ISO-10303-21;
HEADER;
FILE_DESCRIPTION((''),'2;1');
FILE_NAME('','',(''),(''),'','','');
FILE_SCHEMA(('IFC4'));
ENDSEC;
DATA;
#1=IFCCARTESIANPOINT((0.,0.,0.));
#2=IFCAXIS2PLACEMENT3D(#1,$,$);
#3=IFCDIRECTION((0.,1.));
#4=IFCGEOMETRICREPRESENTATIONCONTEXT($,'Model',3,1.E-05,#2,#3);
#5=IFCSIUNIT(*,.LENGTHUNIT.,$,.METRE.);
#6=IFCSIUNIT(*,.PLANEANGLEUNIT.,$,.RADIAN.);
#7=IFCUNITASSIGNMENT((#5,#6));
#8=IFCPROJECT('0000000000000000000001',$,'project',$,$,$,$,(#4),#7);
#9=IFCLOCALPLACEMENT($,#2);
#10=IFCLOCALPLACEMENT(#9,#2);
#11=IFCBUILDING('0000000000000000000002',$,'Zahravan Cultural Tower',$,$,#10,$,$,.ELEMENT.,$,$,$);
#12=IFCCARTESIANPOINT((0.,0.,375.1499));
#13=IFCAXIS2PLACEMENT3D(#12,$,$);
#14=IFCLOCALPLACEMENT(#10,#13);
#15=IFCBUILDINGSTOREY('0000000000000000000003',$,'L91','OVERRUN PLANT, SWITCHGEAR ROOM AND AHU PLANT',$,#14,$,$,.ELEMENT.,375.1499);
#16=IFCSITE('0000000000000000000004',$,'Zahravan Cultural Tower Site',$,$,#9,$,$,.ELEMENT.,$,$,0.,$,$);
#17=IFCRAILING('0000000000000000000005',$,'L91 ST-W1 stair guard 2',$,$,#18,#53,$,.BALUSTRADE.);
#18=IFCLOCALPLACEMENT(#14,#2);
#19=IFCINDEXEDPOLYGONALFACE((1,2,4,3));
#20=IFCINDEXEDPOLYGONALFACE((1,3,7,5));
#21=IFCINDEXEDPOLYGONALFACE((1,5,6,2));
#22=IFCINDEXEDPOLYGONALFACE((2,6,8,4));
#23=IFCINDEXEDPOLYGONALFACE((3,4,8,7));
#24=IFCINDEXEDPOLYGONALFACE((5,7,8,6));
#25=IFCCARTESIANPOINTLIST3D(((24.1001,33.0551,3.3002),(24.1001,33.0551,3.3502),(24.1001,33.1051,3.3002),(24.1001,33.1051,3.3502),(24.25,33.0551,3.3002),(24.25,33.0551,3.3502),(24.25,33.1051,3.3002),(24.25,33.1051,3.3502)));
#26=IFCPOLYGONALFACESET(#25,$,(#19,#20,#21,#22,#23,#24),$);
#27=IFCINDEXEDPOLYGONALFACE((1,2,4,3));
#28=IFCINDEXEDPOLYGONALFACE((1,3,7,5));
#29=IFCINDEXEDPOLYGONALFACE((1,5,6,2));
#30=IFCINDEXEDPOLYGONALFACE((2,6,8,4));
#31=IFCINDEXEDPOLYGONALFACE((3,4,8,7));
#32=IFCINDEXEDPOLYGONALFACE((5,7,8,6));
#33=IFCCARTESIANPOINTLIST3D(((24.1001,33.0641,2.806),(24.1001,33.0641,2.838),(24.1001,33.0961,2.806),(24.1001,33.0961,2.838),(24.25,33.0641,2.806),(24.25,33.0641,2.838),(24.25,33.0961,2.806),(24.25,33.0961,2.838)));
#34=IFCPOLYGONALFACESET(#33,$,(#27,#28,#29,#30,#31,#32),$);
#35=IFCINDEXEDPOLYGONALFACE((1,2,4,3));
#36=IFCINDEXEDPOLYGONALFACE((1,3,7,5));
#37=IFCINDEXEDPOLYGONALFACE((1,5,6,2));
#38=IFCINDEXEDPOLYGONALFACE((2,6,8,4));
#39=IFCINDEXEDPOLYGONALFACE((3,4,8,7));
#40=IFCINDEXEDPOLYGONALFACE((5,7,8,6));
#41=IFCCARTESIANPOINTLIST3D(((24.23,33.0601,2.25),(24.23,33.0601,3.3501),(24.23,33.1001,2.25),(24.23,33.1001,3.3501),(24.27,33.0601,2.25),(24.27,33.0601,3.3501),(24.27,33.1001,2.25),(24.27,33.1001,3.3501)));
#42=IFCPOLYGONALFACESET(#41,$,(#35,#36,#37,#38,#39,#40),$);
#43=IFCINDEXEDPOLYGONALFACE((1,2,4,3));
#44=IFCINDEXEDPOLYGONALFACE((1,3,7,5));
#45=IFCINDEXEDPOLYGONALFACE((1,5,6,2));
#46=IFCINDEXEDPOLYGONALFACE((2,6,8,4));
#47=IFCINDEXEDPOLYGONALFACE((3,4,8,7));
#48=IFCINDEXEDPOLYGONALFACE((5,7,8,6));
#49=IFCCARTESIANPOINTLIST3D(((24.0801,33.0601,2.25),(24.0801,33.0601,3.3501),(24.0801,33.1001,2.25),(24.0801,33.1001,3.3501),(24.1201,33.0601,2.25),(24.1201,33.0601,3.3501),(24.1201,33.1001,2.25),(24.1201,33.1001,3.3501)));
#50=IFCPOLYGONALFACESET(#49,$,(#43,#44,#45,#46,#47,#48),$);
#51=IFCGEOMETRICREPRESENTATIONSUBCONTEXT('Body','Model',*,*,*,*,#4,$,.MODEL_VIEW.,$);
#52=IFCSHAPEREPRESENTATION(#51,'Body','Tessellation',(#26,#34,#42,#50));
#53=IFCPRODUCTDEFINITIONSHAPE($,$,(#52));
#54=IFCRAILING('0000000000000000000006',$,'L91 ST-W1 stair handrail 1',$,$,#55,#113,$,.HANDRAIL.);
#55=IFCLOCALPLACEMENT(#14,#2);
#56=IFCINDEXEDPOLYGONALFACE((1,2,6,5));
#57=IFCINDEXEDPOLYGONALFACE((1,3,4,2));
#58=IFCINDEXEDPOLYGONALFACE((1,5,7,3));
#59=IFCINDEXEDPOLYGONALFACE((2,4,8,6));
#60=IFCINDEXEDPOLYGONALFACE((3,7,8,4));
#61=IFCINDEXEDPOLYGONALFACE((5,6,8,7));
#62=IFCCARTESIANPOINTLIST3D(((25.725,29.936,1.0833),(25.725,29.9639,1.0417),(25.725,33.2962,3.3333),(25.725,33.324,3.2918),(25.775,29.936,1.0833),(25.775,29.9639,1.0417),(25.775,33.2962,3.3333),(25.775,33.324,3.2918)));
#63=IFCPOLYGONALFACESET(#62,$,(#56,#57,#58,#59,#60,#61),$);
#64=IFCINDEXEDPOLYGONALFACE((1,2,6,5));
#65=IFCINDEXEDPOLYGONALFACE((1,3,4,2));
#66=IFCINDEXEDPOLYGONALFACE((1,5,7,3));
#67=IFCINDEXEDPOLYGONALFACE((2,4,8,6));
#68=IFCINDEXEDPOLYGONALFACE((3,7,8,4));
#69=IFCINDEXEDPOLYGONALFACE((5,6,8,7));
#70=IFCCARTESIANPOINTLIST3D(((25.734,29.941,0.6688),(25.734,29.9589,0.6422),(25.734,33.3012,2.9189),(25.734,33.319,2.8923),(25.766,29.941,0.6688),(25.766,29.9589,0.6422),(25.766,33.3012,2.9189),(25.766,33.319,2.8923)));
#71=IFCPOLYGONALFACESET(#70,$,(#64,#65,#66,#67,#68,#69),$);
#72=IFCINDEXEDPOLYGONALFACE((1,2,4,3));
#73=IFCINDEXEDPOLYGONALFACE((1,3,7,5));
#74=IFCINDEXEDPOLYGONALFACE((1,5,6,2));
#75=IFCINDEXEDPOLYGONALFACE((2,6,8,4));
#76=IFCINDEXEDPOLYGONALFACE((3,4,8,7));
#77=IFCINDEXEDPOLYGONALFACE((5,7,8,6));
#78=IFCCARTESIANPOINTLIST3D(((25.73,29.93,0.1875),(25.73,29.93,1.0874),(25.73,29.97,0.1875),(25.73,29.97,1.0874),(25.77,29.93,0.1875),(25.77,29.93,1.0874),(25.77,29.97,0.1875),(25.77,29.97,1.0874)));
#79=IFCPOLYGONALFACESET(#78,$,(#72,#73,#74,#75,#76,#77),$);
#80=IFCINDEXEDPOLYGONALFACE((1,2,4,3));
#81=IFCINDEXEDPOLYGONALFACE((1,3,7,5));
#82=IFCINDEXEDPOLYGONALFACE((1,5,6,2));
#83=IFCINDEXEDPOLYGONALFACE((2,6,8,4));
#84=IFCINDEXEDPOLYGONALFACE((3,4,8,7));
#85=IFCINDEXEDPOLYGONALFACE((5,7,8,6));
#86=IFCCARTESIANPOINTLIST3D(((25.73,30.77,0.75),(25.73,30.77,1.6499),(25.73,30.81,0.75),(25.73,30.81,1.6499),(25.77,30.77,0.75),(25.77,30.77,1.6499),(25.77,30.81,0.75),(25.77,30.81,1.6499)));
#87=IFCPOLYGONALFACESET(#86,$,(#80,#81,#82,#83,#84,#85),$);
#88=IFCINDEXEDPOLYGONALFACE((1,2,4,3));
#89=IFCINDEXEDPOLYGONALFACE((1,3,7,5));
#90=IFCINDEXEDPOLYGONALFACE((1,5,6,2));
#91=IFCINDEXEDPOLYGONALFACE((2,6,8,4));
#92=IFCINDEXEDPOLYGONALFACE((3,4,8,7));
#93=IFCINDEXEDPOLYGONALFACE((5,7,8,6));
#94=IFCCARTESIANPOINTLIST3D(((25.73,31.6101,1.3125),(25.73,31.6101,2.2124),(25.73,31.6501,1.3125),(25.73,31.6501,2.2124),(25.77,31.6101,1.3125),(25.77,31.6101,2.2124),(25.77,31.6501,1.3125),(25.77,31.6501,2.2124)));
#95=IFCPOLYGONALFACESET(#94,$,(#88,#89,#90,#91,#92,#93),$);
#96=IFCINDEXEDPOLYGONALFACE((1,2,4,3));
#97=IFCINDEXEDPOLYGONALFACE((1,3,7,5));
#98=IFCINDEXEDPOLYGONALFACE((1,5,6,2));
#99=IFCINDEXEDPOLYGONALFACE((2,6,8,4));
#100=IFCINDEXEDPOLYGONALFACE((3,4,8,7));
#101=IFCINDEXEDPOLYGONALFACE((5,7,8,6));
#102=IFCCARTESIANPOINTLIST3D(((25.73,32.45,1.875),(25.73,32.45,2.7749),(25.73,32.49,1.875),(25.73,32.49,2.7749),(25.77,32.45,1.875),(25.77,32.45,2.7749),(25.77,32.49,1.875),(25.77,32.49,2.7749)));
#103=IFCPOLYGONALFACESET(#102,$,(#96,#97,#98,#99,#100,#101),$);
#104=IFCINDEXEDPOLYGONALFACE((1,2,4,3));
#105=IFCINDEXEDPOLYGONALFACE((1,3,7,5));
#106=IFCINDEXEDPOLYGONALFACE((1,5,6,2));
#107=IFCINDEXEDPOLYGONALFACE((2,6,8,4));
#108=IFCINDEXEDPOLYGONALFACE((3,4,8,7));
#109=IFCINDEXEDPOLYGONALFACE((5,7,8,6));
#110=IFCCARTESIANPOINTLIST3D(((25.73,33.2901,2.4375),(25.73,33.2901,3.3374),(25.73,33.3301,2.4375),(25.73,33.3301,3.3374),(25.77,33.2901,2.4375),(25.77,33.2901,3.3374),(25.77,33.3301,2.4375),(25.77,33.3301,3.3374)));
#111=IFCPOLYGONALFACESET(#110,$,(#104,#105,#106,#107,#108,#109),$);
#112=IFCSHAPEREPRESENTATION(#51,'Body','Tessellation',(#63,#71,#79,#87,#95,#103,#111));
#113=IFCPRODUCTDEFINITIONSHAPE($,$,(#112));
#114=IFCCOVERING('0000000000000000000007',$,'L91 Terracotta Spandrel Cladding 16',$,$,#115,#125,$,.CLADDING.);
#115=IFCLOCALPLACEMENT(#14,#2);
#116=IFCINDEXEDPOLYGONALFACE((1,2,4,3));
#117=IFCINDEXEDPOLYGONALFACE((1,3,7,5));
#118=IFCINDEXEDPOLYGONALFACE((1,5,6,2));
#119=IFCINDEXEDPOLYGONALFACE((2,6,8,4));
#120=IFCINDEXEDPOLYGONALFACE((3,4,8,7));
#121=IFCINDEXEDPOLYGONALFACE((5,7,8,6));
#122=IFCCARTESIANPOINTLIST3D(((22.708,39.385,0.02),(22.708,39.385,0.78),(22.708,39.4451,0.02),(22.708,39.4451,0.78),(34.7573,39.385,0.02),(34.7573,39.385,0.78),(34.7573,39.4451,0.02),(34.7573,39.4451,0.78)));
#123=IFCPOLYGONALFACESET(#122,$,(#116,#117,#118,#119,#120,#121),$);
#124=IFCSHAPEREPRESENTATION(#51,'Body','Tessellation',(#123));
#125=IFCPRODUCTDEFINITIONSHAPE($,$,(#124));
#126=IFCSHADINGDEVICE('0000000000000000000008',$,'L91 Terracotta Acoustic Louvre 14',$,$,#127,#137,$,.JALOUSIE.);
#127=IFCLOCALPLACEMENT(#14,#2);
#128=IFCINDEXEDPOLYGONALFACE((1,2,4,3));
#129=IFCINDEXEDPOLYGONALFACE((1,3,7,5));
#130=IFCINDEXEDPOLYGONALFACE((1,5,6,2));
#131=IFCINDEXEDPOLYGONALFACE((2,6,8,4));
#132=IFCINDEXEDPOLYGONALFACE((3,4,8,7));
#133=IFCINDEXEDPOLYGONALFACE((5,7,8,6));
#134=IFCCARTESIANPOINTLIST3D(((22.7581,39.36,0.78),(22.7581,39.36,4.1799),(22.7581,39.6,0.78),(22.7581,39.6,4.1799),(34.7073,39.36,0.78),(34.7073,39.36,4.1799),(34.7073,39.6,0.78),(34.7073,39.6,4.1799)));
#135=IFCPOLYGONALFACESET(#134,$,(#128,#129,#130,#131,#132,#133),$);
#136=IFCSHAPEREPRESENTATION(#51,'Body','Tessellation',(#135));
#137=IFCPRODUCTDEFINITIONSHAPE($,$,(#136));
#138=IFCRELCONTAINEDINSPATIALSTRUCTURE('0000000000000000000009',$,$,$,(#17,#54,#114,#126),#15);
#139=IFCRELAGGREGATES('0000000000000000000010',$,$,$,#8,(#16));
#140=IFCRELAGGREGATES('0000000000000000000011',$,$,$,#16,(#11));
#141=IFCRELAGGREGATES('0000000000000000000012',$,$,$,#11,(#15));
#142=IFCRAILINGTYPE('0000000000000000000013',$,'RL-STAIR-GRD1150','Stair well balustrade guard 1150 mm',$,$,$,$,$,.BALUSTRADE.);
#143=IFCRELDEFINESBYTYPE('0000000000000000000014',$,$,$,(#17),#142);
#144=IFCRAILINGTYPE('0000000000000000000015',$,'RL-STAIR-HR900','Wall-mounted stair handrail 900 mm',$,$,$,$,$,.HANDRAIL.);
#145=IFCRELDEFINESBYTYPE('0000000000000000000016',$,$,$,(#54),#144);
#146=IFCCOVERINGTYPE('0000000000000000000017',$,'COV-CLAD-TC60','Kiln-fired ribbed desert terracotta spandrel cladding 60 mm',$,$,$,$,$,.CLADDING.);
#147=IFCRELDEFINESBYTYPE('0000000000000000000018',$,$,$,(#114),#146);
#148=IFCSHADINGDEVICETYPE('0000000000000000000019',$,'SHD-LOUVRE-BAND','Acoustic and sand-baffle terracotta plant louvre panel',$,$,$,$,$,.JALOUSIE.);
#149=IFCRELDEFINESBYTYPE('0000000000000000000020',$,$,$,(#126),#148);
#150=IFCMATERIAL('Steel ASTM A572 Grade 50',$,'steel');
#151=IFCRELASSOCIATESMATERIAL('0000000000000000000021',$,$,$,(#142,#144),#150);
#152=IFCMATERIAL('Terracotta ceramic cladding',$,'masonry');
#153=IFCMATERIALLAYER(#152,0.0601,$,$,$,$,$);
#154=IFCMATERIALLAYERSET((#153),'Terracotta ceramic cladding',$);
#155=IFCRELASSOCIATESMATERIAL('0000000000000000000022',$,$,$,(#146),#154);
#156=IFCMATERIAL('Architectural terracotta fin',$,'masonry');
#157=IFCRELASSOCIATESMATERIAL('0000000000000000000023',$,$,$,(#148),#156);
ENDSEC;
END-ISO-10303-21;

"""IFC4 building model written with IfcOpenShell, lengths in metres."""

from ifc_helpers import new_model, si_unit, direction, frame, origin, origin_2d, place, context, subcontext, project, spatial, rectangle, extrude, source, transform, mapped, material, layer, layer_set, type_object, element, save


model = new_model("IFC4")

# Units and contexts
model_context = context("Model", 3, precision=1e-05, world=origin(), true_north=direction((0.0, 1.0)))
body_context = subcontext(model_context, "Body", "Model", "MODEL_VIEW")
ifc_project = project(units=[si_unit("LENGTHUNIT", "METRE"), si_unit("PLANEANGLEUNIT", "RADIAN")], contexts=[model_context])

# Site, building, storey
site_placement = place(None, origin())
site = spatial("IfcSite", under=ifc_project, at=site_placement, Name="Zahravan Cultural Tower Site", CompositionType="ELEMENT", RefElevation=0.0)
building_placement = place(site_placement, origin())
building = spatial("IfcBuilding", under=site, at=building_placement, Name="Zahravan Cultural Tower", CompositionType="ELEMENT")
storey_placement = place(building_placement, frame((0.0, 0.0, 375.1499)))
storey = spatial("IfcBuildingStorey", under=building, at=storey_placement, Name="L91", Description="OVERRUN PLANT, SWITCHGEAR ROOM AND AHU PLANT", CompositionType="ELEMENT", Elevation=375.1499)

# Shared definitions
ifc_material_1 = material(Name="Steel ASTM A572 Grade 50", Category="steel")

# Railings
railing_type_1 = type_object("IfcRailingType", Name="RL-STAIR-GRD1150", Description="Stair well balustrade guard 1150 mm", PredefinedType="BALUSTRADE", material=ifc_material_1)
railing_1_placement = place(storey_placement, frame((24.25, 33.0801, 2.25)))
element("IfcRailing", 1, at=railing_1_placement, inside=storey, type_object=railing_type_1, Name="L91 ST-W1 stair guard 2", PredefinedType="BALUSTRADE", context=body_context, shape_type="SweptSolid", body=[
    extrude(rectangle(XDim=0.05, YDim=0.05, at=origin_2d()), frame((0.0, 0.0, 1.0752), z_axis=(-1.0, 0.0, 0.0), x_axis=(0.0, -1.0, 0.0)), (0.0, 0.0, 1.0), 0.1499),
    extrude(rectangle(XDim=0.032, YDim=0.032, at=origin_2d()), frame((0.0, 0.0, 0.572), z_axis=(-1.0, 0.0, 0.0), x_axis=(0.0, -1.0, 0.0)), (0.0, 0.0, 1.0), 0.1499),
    extrude(rectangle(XDim=0.04, YDim=0.04, at=origin_2d()), origin(), (0.0, 0.0, 1.0), 1.1001),
    extrude(rectangle(XDim=0.04, YDim=0.04, at=origin_2d()), frame((-0.1499, 0.0, 0.0)), (0.0, 0.0, 1.0), 1.1001),
])
railing_type_2 = type_object("IfcRailingType", Name="RL-STAIR-HR900", Description="Wall-mounted stair handrail 900 mm", PredefinedType="HANDRAIL", material=ifc_material_1)
railing_2_placement = place(storey_placement, frame((25.75, 29.95, 0.1875)))
element("IfcRailing", 2, at=railing_2_placement, inside=storey, type_object=railing_type_2, Name="L91 ST-W1 stair handrail 1", PredefinedType="HANDRAIL", context=body_context, shape_type="SweptSolid", body=[
    extrude(rectangle(XDim=0.05, YDim=0.05, at=origin_2d()), frame((0.0, 0.0, 0.875), z_axis=(0.0, 0.830915, 0.556399), x_axis=(-1.0, 0.0, 0.0)), (0.0, 0.0, 1.0), 4.0439),
    extrude(rectangle(XDim=0.032, YDim=0.032, at=origin_2d()), frame((0.0, 0.0, 0.468), z_axis=(0.0, 0.830915, 0.556399), x_axis=(-1.0, 0.0, 0.0)), (0.0, 0.0, 1.0), 4.0439),
    extrude(rectangle(XDim=0.04, YDim=0.04, at=origin_2d()), origin(), (0.0, 0.0, 1.0), 0.8999),
    extrude(rectangle(XDim=0.04, YDim=0.04, at=origin_2d()), frame((0.0, 0.8401, 0.5625)), (0.0, 0.0, 1.0), 0.8999),
    extrude(rectangle(XDim=0.04, YDim=0.04, at=origin_2d()), frame((0.0, 1.6802, 1.125)), (0.0, 0.0, 1.0), 0.8999),
    extrude(rectangle(XDim=0.04, YDim=0.04, at=origin_2d()), frame((0.0, 2.52, 1.6875)), (0.0, 0.0, 1.0), 0.8999),
    extrude(rectangle(XDim=0.04, YDim=0.04, at=origin_2d()), frame((0.0, 3.3601, 2.25)), (0.0, 0.0, 1.0), 0.8999),
])

# Covering
ifc_material_2 = material(Name="Terracotta ceramic cladding", Category="masonry")
ifc_layer_1 = layer(ifc_material_2, 0.0601)
ifc_layer_set_1 = layer_set([ifc_layer_1], Name="Terracotta ceramic cladding")
covering_type = type_object("IfcCoveringType", Name="COV-CLAD-TC60", Description="Kiln-fired ribbed desert terracotta spandrel cladding 60 mm", PredefinedType="CLADDING", material=ifc_layer_set_1)
shared_shape_1 = source(origin(), body_context, "Body", "SweptSolid", [
    extrude(rectangle(XDim=12.0493, YDim=0.0601, at=origin_2d()), origin(), (0.0, 0.0, 1.0), 0.76),
])
covering_placement = place(storey_placement, frame((28.7327, 39.415, 0.02), z_axis=(0.0, 0.0, 1.0), x_axis=(1.0, 0.0, 0.0)))
element("IfcCovering", 3, at=covering_placement, inside=storey, type_object=covering_type, Name="L91 Terracotta Spandrel Cladding 16", PredefinedType="CLADDING", context=body_context, shape_type="MappedRepresentation", body=[
    mapped(shared_shape_1, transform((0.0, 0.0, 0.0), x_axis=(1.0, 0.0, 0.0), y_axis=(0.0, 1.0, 0.0), z_axis=(0.0, 0.0, 1.0), scale=1.0)),
])

# Shading device
ifc_material_3 = material(Name="Architectural terracotta fin", Category="masonry")
shading_device_type = type_object("IfcShadingDeviceType", Name="SHD-LOUVRE-BAND", Description="Acoustic and sand-baffle terracotta plant louvre panel", PredefinedType="JALOUSIE", material=ifc_material_3)
shared_shape_2 = source(origin(), body_context, "Body", "SweptSolid", [
    extrude(rectangle(XDim=11.9492, YDim=0.24, at=origin_2d()), origin(), (0.0, 0.0, 1.0), 3.3999),
])
shading_device_placement = place(storey_placement, frame((28.7327, 39.48, 0.78), z_axis=(0.0, 0.0, 1.0), x_axis=(1.0, 0.0, 0.0)))
element("IfcShadingDevice", 4, at=shading_device_placement, inside=storey, type_object=shading_device_type, Name="L91 Terracotta Acoustic Louvre 14", PredefinedType="JALOUSIE", context=body_context, shape_type="MappedRepresentation", body=[
    mapped(shared_shape_2, transform((0.0, 0.0, 0.0), x_axis=(1.0, 0.0, 0.0), y_axis=(0.0, 1.0, 0.0), z_axis=(0.0, 0.0, 1.0), scale=1.0)),
])

save(model, "model.ifc")
